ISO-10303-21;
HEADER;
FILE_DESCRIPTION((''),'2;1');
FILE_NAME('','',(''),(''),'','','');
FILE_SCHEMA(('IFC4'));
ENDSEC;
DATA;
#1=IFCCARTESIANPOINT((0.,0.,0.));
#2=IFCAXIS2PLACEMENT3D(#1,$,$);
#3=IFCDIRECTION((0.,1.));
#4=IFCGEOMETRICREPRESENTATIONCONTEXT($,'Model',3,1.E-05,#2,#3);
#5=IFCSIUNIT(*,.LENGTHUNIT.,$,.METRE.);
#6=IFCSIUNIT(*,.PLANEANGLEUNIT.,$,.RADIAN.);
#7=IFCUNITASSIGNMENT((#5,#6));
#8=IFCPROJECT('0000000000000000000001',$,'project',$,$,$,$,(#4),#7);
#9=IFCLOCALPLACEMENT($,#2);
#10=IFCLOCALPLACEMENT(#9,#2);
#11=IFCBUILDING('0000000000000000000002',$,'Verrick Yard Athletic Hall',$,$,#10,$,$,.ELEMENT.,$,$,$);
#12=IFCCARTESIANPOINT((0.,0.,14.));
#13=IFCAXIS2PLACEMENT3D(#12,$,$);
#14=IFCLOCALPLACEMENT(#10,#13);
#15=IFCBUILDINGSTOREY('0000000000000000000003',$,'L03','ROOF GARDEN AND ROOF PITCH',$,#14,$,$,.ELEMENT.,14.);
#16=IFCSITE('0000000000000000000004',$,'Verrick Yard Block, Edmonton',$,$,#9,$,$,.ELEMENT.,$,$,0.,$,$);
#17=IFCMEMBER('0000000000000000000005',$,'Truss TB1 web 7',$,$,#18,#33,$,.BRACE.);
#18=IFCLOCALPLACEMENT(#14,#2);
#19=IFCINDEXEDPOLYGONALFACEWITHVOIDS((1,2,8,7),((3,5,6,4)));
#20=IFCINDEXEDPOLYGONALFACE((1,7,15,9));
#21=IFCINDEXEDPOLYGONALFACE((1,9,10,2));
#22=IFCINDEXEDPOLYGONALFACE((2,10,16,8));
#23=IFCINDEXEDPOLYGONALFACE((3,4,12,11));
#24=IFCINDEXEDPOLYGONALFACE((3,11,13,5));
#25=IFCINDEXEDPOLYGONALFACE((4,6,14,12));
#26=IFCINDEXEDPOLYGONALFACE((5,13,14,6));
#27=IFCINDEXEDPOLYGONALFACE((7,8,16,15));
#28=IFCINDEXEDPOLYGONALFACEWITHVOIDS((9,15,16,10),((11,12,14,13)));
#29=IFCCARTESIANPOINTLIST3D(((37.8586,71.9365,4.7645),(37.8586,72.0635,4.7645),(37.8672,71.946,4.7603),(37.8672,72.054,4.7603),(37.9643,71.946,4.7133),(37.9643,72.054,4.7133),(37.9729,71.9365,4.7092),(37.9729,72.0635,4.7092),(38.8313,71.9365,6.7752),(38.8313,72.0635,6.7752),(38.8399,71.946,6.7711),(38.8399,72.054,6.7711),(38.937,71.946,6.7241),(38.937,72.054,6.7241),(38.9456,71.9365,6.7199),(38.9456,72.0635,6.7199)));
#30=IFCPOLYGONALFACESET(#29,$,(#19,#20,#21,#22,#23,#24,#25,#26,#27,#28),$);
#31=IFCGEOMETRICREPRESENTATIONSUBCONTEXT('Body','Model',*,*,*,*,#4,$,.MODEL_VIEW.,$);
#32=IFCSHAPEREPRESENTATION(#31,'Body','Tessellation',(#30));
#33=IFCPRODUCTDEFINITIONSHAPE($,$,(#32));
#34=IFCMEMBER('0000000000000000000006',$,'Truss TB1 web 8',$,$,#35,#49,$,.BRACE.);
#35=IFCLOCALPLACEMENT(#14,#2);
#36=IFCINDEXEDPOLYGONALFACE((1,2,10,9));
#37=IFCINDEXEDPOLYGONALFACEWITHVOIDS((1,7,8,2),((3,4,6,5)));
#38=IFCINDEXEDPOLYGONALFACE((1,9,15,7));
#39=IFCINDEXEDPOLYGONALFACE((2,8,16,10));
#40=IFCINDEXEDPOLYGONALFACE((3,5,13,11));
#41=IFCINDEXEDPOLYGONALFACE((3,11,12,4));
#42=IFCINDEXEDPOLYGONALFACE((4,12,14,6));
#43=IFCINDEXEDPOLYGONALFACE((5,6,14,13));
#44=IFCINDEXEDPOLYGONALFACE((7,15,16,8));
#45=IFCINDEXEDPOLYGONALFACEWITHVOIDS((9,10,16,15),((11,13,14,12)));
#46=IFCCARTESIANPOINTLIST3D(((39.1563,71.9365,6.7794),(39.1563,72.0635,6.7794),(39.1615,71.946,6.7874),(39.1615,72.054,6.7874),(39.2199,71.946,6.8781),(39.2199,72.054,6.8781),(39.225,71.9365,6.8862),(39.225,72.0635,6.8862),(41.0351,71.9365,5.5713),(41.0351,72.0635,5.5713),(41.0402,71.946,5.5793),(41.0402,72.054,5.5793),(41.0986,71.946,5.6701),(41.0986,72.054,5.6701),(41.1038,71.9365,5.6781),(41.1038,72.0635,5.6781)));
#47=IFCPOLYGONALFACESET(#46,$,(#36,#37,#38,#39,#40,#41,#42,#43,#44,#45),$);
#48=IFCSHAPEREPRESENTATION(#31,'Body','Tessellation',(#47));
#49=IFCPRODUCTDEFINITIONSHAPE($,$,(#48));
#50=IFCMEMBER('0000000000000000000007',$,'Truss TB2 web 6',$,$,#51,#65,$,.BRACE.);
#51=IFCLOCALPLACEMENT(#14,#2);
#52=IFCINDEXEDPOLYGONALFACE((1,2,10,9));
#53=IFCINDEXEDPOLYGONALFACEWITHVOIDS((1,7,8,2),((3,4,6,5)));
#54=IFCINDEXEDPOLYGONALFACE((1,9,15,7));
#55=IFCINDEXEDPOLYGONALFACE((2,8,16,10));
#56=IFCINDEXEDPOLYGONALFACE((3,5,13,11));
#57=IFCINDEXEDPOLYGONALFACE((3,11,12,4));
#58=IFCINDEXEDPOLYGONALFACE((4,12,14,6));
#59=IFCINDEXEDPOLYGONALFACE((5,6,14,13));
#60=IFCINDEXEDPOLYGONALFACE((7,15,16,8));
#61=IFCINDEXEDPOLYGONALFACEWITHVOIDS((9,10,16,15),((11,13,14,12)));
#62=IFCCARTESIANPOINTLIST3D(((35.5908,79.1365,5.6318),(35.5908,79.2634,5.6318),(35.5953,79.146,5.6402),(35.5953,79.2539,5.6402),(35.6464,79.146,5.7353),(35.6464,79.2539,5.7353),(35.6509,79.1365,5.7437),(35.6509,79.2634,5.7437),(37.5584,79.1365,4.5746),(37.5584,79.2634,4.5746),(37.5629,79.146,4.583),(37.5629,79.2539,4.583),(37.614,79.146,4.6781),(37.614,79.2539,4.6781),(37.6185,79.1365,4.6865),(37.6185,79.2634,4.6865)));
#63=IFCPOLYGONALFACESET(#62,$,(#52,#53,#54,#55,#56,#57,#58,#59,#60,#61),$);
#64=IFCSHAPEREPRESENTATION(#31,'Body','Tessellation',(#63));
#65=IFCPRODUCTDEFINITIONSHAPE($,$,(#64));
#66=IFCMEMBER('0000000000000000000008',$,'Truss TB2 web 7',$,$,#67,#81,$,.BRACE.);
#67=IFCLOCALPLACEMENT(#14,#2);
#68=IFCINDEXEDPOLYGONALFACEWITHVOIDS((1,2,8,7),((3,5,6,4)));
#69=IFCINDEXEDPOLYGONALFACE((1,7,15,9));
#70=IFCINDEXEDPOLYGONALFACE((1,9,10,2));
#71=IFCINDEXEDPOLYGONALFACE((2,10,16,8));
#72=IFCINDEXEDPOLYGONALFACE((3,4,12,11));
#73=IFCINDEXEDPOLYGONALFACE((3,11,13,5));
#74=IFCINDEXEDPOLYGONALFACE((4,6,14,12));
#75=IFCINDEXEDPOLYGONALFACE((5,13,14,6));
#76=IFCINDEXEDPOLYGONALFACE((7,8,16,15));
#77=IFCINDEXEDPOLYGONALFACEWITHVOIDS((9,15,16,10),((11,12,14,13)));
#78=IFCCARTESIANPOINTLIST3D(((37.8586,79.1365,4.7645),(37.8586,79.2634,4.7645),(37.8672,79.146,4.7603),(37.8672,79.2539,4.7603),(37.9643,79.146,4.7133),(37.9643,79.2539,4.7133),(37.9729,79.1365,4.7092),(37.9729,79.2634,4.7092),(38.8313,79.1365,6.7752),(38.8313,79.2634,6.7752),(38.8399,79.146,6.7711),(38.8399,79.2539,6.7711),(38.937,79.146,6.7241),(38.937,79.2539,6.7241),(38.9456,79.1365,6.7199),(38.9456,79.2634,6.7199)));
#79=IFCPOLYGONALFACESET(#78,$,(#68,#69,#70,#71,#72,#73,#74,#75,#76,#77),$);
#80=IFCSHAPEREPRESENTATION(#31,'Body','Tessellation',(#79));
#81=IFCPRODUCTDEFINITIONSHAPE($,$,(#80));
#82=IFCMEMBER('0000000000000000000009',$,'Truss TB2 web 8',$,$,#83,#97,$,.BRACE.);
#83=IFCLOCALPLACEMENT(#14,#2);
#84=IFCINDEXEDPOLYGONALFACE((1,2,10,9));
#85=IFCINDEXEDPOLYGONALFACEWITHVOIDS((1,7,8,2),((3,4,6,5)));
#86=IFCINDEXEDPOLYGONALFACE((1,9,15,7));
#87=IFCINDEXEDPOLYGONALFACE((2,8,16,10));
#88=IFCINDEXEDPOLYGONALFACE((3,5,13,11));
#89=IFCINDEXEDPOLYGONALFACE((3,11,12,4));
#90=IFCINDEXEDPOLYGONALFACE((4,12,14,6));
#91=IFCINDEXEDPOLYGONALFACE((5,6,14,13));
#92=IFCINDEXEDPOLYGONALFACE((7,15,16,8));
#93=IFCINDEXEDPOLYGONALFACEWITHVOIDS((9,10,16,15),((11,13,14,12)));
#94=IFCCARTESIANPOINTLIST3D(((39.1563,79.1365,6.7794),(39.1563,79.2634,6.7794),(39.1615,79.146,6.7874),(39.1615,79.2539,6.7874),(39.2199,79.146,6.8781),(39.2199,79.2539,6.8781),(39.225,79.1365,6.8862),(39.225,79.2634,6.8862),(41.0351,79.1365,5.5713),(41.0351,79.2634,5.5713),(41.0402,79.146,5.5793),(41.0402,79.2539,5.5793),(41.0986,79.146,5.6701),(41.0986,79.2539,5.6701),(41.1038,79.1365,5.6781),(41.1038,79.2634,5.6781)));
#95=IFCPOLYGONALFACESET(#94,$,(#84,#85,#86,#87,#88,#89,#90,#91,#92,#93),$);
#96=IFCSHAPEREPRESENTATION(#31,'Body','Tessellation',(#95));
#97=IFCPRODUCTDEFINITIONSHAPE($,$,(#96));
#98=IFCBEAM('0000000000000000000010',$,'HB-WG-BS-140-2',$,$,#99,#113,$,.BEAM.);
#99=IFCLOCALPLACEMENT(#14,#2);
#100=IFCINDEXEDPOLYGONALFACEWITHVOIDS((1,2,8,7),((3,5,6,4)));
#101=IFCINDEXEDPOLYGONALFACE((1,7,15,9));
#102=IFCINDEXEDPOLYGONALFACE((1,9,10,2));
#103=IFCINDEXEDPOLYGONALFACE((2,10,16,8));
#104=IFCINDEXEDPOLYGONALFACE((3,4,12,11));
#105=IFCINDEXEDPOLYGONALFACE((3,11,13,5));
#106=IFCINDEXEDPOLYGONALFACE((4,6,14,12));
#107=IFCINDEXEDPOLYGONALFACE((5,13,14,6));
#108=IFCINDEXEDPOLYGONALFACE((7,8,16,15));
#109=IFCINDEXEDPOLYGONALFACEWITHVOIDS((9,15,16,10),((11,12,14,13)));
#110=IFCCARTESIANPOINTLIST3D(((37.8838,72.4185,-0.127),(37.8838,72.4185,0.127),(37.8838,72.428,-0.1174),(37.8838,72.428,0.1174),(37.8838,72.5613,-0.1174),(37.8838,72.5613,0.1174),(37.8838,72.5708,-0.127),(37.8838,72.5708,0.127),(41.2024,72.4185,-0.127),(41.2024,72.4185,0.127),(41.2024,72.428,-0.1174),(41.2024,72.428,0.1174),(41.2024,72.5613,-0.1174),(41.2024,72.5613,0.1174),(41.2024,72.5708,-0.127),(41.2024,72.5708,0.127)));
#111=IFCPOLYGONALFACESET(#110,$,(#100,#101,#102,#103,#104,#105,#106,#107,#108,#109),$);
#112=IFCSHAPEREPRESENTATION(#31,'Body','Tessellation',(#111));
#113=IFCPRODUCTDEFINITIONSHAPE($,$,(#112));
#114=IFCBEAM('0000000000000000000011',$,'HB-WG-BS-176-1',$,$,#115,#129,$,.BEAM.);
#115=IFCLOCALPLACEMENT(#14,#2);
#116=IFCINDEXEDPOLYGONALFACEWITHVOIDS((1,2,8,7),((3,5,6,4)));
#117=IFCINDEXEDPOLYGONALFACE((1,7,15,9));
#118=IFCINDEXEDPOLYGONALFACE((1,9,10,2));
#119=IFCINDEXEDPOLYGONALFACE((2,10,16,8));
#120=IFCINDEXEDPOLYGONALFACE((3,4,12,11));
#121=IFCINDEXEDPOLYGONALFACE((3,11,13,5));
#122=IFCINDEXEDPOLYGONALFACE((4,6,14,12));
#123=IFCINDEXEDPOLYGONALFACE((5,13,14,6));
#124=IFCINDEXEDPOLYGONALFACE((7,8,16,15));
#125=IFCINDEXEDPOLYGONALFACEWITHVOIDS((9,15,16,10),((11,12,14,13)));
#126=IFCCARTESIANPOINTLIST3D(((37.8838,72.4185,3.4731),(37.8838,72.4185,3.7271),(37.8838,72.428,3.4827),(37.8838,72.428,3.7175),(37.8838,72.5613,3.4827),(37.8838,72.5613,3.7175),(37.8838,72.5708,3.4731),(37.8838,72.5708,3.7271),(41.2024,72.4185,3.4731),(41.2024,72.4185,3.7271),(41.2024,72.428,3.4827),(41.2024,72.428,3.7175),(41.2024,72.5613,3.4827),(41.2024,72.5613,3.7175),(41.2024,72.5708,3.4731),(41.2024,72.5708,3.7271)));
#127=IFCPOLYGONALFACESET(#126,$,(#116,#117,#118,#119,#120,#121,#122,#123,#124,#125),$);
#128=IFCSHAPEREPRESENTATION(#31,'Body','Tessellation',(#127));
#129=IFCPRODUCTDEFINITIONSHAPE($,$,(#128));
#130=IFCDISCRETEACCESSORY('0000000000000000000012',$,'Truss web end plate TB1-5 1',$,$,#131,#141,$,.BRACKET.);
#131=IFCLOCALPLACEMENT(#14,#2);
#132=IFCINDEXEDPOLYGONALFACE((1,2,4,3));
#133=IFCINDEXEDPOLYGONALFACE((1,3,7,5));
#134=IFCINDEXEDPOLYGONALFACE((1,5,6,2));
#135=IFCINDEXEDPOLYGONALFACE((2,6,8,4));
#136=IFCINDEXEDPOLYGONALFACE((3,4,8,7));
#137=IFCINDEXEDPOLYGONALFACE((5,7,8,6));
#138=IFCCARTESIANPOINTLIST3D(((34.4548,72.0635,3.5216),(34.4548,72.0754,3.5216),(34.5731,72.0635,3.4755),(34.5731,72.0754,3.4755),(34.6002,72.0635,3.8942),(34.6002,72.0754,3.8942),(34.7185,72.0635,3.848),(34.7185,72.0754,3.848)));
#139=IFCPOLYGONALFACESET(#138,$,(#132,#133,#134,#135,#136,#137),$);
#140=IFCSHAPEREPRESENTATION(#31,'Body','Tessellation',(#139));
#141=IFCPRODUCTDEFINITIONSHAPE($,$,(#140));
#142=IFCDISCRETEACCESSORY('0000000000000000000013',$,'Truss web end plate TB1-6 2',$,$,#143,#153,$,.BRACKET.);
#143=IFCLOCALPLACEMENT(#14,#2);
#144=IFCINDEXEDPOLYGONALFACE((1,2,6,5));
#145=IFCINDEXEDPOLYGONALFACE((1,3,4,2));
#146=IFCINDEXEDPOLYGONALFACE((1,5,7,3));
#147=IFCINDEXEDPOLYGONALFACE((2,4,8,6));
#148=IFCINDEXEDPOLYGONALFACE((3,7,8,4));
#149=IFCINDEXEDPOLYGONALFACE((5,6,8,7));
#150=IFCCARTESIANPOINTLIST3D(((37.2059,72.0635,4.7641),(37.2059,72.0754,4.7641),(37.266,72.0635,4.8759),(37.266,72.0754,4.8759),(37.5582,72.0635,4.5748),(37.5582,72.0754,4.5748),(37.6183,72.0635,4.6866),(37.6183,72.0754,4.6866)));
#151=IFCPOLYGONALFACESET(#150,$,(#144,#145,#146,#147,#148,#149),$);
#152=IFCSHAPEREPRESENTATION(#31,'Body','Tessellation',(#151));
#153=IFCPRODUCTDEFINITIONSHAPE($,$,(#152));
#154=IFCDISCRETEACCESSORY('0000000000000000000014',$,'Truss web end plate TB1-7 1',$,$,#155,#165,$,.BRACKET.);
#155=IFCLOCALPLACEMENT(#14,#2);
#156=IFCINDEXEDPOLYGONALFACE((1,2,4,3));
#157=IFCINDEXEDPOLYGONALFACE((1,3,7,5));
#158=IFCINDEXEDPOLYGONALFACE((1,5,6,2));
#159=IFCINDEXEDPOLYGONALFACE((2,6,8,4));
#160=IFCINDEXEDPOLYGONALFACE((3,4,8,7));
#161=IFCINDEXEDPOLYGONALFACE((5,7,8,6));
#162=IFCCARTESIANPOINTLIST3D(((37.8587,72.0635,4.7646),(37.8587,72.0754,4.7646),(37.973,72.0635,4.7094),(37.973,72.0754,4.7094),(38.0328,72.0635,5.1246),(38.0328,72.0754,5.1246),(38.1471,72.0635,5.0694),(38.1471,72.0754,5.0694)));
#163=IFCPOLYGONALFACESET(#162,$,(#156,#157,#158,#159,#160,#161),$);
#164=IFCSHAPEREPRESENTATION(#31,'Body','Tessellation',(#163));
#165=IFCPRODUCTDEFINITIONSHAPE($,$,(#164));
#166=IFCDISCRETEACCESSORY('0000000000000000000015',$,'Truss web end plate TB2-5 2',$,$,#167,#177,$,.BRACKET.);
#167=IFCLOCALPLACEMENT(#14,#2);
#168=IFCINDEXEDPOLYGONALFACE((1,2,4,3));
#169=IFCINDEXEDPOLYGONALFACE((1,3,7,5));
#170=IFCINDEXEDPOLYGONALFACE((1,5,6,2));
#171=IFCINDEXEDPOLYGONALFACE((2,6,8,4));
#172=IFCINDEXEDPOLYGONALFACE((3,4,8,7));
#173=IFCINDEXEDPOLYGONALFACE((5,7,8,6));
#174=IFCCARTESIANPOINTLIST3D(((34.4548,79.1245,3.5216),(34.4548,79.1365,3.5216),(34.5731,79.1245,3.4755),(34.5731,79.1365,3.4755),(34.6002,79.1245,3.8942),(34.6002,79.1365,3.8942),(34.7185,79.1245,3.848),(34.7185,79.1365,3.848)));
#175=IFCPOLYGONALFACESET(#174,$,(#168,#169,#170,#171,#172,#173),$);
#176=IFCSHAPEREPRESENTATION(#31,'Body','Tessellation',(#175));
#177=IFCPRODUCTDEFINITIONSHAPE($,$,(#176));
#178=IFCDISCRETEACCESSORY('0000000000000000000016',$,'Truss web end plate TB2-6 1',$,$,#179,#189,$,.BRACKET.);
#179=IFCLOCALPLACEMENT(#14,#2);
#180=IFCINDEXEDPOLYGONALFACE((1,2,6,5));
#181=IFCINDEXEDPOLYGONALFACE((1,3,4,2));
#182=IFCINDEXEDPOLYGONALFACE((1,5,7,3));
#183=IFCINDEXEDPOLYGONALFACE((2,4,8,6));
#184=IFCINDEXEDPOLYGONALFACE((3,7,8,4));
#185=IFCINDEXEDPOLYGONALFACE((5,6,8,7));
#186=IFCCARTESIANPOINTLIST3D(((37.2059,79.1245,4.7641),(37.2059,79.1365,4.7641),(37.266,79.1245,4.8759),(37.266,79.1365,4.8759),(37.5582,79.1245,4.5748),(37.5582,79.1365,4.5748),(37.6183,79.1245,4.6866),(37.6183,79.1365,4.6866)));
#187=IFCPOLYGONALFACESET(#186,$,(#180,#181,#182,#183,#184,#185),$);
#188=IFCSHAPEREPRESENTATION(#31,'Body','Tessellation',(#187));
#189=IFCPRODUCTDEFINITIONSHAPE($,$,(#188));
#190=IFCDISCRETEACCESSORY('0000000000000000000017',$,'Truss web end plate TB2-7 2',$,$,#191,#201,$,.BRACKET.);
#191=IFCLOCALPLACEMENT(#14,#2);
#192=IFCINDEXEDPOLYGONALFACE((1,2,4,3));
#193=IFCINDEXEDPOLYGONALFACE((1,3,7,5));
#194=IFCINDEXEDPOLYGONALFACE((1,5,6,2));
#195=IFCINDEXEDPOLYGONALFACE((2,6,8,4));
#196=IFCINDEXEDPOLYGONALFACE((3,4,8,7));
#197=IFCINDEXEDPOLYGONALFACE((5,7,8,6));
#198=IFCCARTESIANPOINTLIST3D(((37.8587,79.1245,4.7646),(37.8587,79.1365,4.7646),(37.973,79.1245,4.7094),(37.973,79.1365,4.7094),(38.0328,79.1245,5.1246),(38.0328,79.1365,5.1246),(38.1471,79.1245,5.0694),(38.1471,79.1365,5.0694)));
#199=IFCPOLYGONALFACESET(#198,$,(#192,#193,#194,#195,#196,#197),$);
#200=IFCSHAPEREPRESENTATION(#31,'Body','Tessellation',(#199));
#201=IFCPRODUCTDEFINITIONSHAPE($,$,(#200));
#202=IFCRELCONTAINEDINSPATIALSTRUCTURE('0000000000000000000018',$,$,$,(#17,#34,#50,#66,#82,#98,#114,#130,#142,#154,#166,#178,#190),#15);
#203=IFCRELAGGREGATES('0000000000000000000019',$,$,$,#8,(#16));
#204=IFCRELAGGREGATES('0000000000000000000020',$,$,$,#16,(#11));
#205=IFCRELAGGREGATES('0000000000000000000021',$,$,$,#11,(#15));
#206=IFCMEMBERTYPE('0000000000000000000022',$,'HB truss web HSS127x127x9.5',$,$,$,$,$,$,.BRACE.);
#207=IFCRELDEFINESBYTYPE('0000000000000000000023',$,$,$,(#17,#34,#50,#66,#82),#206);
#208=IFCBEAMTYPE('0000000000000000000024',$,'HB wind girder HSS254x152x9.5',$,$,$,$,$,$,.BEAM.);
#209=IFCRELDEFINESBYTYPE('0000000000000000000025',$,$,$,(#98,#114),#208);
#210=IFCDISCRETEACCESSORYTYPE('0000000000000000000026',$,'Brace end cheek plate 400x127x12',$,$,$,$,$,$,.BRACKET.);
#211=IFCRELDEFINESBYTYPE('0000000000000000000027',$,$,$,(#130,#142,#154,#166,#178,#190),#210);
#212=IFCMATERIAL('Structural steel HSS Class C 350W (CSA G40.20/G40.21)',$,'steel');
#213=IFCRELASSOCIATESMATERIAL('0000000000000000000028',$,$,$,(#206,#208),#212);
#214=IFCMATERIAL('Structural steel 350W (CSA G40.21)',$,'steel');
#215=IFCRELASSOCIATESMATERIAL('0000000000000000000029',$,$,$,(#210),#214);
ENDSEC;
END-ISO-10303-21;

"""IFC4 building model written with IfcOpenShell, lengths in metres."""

from ifc_helpers import new_model, si_unit, direction, frame, origin, origin_2d, place, context, subcontext, project, spatial, rectangle, hollow_rectangle, extrude, material, material_profile, profile_set, type_object, element, save


model = new_model("IFC4")

# Units and contexts
model_context = context("Model", 3, precision=1e-05, world=origin(), true_north=direction((0.0, 1.0)))
body_context = subcontext(model_context, "Body", "Model", "MODEL_VIEW")
ifc_project = project(units=[si_unit("LENGTHUNIT", "METRE"), si_unit("PLANEANGLEUNIT", "RADIAN")], contexts=[model_context])

# Site, building, storey
site_placement = place(None, origin())
site = spatial("IfcSite", under=ifc_project, at=site_placement, Name="Verrick Yard Block, Edmonton", CompositionType="ELEMENT", RefElevation=0.0)
building_placement = place(site_placement, origin())
building = spatial("IfcBuilding", under=site, at=building_placement, Name="Verrick Yard Athletic Hall", CompositionType="ELEMENT")
storey_placement = place(building_placement, frame((0.0, 0.0, 14.0)))
storey = spatial("IfcBuildingStorey", under=building, at=storey_placement, Name="L03", Description="ROOF GARDEN AND ROOF PITCH", CompositionType="ELEMENT", Elevation=14.0)

# Members
ifc_material_1 = material(Name="Structural steel HSS Class C 350W (CSA G40.20/G40.21)", Category="steel")
ifc_material_profile_1 = material_profile(ifc_material_1, hollow_rectangle(XDim=0.127, YDim=0.127, WallThickness=0.0095, at=origin_2d()), Name="HSS127x127x9.5")
ifc_profile_set_1 = profile_set([ifc_material_profile_1], Name="Structural steel HSS Class C 350W (CSA G40.20/G40.21)")
member_type_1 = type_object("IfcMemberType", Name="HB truss web HSS127x127x9.5", PredefinedType="BRACE", material=ifc_profile_set_1)
for number, where, z_axis, x_axis, name in (
    (1, (37.9158, 72.0, 4.7368), (0.435458, 0.0, 0.900209), (0.0, 1.0, 0.0), "Truss TB1 web 7"),
    (2, (39.1907, 72.0, 6.8328), (0.841118, 0.0, -0.540852), (0.0, 1.0, 0.0), "Truss TB1 web 8"),
    (3, (35.6208, 79.2, 5.6877), (0.880902, 0.0, -0.473298), (0.0, 1.0, 0.0), "Truss TB2 web 6"),
    (4, (37.9158, 79.2, 4.7368), (0.435458, 0.0, 0.900209), (0.0, 1.0, 0.0), "Truss TB2 web 7"),
    (5, (39.1907, 79.2, 6.8328), (0.841118, 0.0, -0.540852), (0.0, 1.0, 0.0), "Truss TB2 web 8"),
):
    element("IfcMember", number, at=place(storey_placement, frame(where, z_axis=z_axis, x_axis=x_axis)), inside=storey, type_object=member_type_1, Name=name, PredefinedType="BRACE", context=body_context, shape_type="SweptSolid", body=[
        extrude(hollow_rectangle(XDim=0.127, YDim=0.127, WallThickness=0.0095, at=origin_2d()), origin(), (0.0, 0.0, 1.0), 2.2336),
    ])

# Beams
ifc_material_profile_2 = material_profile(ifc_material_1, hollow_rectangle(XDim=0.1523, YDim=0.2539, WallThickness=0.0095, at=origin_2d()), Name="HSS254x152x9.5")
ifc_profile_set_2 = profile_set([ifc_material_profile_2], Name="Structural steel HSS Class C 350W (CSA G40.20/G40.21)")
beam_type = type_object("IfcBeamType", Name="HB wind girder HSS254x152x9.5", PredefinedType="BEAM", material=ifc_profile_set_2)
for number, where, z_axis, x_axis, name in (
    (6, (37.8838, 72.4946, 0.0), (1.0, 0.0, 0.0), (0.0, 1.0, 0.0), "HB-WG-BS-140-2"),
    (7, (37.8838, 72.4946, 3.6001), (1.0, 0.0, 0.0), (0.0, 1.0, 0.0), "HB-WG-BS-176-1"),
):
    element("IfcBeam", number, at=place(storey_placement, frame(where, z_axis=z_axis, x_axis=x_axis)), inside=storey, type_object=beam_type, Name=name, PredefinedType="BEAM", context=body_context, shape_type="SweptSolid", body=[
        extrude(hollow_rectangle(XDim=0.1523, YDim=0.2539, WallThickness=0.0095, at=origin_2d()), origin(), (0.0, 0.0, 1.0), 3.3186),
    ])

# Discrete accessories
ifc_material_2 = material(Name="Structural steel 350W (CSA G40.21)", Category="steel")
ifc_material_profile_3 = material_profile(ifc_material_2, rectangle(XDim=0.3999, YDim=0.127, at=origin_2d()), Name="Brace end cheek plate")
ifc_profile_set_3 = profile_set([ifc_material_profile_3], Name="Structural steel 350W (CSA G40.21)")
discrete_accessory_type = type_object("IfcDiscreteAccessoryType", Name="Brace end cheek plate 400x127x12", PredefinedType="BRACKET", material=ifc_profile_set_3)
for number, where, z_axis, x_axis, name in (
    (8, (34.5867, 72.0635, 3.6848), (0.0, 1.0, 0.0), (0.363563, 0.0, 0.93157), "Truss web end plate TB1-5 1"),
    (9, (37.4121, 72.0635, 4.7253), (0.0, 1.0, 0.0), (-0.88092, 0.0, 0.473265), "Truss web end plate TB1-6 2"),
    (10, (38.0029, 72.0635, 4.917), (0.0, 1.0, 0.0), (0.435417, 0.0, 0.900229), "Truss web end plate TB1-7 1"),
    (11, (34.5867, 79.1365, 3.6848), (0.0, -1.0, 0.0), (0.363563, 0.0, 0.93157), "Truss web end plate TB2-5 2"),
    (12, (37.4121, 79.1365, 4.7253), (0.0, -1.0, 0.0), (-0.88092, 0.0, 0.473265), "Truss web end plate TB2-6 1"),
    (13, (38.0029, 79.1365, 4.917), (0.0, -1.0, 0.0), (0.435417, 0.0, 0.900229), "Truss web end plate TB2-7 2"),
):
    element("IfcDiscreteAccessory", number, at=place(storey_placement, frame(where, z_axis=z_axis, x_axis=x_axis)), inside=storey, type_object=discrete_accessory_type, Name=name, PredefinedType="BRACKET", context=body_context, shape_type="SweptSolid", body=[
        extrude(rectangle(XDim=0.3999, YDim=0.127, at=origin_2d()), origin(), (0.0, 0.0, 1.0), 0.012),
    ])

save(model, "model.ifc")
